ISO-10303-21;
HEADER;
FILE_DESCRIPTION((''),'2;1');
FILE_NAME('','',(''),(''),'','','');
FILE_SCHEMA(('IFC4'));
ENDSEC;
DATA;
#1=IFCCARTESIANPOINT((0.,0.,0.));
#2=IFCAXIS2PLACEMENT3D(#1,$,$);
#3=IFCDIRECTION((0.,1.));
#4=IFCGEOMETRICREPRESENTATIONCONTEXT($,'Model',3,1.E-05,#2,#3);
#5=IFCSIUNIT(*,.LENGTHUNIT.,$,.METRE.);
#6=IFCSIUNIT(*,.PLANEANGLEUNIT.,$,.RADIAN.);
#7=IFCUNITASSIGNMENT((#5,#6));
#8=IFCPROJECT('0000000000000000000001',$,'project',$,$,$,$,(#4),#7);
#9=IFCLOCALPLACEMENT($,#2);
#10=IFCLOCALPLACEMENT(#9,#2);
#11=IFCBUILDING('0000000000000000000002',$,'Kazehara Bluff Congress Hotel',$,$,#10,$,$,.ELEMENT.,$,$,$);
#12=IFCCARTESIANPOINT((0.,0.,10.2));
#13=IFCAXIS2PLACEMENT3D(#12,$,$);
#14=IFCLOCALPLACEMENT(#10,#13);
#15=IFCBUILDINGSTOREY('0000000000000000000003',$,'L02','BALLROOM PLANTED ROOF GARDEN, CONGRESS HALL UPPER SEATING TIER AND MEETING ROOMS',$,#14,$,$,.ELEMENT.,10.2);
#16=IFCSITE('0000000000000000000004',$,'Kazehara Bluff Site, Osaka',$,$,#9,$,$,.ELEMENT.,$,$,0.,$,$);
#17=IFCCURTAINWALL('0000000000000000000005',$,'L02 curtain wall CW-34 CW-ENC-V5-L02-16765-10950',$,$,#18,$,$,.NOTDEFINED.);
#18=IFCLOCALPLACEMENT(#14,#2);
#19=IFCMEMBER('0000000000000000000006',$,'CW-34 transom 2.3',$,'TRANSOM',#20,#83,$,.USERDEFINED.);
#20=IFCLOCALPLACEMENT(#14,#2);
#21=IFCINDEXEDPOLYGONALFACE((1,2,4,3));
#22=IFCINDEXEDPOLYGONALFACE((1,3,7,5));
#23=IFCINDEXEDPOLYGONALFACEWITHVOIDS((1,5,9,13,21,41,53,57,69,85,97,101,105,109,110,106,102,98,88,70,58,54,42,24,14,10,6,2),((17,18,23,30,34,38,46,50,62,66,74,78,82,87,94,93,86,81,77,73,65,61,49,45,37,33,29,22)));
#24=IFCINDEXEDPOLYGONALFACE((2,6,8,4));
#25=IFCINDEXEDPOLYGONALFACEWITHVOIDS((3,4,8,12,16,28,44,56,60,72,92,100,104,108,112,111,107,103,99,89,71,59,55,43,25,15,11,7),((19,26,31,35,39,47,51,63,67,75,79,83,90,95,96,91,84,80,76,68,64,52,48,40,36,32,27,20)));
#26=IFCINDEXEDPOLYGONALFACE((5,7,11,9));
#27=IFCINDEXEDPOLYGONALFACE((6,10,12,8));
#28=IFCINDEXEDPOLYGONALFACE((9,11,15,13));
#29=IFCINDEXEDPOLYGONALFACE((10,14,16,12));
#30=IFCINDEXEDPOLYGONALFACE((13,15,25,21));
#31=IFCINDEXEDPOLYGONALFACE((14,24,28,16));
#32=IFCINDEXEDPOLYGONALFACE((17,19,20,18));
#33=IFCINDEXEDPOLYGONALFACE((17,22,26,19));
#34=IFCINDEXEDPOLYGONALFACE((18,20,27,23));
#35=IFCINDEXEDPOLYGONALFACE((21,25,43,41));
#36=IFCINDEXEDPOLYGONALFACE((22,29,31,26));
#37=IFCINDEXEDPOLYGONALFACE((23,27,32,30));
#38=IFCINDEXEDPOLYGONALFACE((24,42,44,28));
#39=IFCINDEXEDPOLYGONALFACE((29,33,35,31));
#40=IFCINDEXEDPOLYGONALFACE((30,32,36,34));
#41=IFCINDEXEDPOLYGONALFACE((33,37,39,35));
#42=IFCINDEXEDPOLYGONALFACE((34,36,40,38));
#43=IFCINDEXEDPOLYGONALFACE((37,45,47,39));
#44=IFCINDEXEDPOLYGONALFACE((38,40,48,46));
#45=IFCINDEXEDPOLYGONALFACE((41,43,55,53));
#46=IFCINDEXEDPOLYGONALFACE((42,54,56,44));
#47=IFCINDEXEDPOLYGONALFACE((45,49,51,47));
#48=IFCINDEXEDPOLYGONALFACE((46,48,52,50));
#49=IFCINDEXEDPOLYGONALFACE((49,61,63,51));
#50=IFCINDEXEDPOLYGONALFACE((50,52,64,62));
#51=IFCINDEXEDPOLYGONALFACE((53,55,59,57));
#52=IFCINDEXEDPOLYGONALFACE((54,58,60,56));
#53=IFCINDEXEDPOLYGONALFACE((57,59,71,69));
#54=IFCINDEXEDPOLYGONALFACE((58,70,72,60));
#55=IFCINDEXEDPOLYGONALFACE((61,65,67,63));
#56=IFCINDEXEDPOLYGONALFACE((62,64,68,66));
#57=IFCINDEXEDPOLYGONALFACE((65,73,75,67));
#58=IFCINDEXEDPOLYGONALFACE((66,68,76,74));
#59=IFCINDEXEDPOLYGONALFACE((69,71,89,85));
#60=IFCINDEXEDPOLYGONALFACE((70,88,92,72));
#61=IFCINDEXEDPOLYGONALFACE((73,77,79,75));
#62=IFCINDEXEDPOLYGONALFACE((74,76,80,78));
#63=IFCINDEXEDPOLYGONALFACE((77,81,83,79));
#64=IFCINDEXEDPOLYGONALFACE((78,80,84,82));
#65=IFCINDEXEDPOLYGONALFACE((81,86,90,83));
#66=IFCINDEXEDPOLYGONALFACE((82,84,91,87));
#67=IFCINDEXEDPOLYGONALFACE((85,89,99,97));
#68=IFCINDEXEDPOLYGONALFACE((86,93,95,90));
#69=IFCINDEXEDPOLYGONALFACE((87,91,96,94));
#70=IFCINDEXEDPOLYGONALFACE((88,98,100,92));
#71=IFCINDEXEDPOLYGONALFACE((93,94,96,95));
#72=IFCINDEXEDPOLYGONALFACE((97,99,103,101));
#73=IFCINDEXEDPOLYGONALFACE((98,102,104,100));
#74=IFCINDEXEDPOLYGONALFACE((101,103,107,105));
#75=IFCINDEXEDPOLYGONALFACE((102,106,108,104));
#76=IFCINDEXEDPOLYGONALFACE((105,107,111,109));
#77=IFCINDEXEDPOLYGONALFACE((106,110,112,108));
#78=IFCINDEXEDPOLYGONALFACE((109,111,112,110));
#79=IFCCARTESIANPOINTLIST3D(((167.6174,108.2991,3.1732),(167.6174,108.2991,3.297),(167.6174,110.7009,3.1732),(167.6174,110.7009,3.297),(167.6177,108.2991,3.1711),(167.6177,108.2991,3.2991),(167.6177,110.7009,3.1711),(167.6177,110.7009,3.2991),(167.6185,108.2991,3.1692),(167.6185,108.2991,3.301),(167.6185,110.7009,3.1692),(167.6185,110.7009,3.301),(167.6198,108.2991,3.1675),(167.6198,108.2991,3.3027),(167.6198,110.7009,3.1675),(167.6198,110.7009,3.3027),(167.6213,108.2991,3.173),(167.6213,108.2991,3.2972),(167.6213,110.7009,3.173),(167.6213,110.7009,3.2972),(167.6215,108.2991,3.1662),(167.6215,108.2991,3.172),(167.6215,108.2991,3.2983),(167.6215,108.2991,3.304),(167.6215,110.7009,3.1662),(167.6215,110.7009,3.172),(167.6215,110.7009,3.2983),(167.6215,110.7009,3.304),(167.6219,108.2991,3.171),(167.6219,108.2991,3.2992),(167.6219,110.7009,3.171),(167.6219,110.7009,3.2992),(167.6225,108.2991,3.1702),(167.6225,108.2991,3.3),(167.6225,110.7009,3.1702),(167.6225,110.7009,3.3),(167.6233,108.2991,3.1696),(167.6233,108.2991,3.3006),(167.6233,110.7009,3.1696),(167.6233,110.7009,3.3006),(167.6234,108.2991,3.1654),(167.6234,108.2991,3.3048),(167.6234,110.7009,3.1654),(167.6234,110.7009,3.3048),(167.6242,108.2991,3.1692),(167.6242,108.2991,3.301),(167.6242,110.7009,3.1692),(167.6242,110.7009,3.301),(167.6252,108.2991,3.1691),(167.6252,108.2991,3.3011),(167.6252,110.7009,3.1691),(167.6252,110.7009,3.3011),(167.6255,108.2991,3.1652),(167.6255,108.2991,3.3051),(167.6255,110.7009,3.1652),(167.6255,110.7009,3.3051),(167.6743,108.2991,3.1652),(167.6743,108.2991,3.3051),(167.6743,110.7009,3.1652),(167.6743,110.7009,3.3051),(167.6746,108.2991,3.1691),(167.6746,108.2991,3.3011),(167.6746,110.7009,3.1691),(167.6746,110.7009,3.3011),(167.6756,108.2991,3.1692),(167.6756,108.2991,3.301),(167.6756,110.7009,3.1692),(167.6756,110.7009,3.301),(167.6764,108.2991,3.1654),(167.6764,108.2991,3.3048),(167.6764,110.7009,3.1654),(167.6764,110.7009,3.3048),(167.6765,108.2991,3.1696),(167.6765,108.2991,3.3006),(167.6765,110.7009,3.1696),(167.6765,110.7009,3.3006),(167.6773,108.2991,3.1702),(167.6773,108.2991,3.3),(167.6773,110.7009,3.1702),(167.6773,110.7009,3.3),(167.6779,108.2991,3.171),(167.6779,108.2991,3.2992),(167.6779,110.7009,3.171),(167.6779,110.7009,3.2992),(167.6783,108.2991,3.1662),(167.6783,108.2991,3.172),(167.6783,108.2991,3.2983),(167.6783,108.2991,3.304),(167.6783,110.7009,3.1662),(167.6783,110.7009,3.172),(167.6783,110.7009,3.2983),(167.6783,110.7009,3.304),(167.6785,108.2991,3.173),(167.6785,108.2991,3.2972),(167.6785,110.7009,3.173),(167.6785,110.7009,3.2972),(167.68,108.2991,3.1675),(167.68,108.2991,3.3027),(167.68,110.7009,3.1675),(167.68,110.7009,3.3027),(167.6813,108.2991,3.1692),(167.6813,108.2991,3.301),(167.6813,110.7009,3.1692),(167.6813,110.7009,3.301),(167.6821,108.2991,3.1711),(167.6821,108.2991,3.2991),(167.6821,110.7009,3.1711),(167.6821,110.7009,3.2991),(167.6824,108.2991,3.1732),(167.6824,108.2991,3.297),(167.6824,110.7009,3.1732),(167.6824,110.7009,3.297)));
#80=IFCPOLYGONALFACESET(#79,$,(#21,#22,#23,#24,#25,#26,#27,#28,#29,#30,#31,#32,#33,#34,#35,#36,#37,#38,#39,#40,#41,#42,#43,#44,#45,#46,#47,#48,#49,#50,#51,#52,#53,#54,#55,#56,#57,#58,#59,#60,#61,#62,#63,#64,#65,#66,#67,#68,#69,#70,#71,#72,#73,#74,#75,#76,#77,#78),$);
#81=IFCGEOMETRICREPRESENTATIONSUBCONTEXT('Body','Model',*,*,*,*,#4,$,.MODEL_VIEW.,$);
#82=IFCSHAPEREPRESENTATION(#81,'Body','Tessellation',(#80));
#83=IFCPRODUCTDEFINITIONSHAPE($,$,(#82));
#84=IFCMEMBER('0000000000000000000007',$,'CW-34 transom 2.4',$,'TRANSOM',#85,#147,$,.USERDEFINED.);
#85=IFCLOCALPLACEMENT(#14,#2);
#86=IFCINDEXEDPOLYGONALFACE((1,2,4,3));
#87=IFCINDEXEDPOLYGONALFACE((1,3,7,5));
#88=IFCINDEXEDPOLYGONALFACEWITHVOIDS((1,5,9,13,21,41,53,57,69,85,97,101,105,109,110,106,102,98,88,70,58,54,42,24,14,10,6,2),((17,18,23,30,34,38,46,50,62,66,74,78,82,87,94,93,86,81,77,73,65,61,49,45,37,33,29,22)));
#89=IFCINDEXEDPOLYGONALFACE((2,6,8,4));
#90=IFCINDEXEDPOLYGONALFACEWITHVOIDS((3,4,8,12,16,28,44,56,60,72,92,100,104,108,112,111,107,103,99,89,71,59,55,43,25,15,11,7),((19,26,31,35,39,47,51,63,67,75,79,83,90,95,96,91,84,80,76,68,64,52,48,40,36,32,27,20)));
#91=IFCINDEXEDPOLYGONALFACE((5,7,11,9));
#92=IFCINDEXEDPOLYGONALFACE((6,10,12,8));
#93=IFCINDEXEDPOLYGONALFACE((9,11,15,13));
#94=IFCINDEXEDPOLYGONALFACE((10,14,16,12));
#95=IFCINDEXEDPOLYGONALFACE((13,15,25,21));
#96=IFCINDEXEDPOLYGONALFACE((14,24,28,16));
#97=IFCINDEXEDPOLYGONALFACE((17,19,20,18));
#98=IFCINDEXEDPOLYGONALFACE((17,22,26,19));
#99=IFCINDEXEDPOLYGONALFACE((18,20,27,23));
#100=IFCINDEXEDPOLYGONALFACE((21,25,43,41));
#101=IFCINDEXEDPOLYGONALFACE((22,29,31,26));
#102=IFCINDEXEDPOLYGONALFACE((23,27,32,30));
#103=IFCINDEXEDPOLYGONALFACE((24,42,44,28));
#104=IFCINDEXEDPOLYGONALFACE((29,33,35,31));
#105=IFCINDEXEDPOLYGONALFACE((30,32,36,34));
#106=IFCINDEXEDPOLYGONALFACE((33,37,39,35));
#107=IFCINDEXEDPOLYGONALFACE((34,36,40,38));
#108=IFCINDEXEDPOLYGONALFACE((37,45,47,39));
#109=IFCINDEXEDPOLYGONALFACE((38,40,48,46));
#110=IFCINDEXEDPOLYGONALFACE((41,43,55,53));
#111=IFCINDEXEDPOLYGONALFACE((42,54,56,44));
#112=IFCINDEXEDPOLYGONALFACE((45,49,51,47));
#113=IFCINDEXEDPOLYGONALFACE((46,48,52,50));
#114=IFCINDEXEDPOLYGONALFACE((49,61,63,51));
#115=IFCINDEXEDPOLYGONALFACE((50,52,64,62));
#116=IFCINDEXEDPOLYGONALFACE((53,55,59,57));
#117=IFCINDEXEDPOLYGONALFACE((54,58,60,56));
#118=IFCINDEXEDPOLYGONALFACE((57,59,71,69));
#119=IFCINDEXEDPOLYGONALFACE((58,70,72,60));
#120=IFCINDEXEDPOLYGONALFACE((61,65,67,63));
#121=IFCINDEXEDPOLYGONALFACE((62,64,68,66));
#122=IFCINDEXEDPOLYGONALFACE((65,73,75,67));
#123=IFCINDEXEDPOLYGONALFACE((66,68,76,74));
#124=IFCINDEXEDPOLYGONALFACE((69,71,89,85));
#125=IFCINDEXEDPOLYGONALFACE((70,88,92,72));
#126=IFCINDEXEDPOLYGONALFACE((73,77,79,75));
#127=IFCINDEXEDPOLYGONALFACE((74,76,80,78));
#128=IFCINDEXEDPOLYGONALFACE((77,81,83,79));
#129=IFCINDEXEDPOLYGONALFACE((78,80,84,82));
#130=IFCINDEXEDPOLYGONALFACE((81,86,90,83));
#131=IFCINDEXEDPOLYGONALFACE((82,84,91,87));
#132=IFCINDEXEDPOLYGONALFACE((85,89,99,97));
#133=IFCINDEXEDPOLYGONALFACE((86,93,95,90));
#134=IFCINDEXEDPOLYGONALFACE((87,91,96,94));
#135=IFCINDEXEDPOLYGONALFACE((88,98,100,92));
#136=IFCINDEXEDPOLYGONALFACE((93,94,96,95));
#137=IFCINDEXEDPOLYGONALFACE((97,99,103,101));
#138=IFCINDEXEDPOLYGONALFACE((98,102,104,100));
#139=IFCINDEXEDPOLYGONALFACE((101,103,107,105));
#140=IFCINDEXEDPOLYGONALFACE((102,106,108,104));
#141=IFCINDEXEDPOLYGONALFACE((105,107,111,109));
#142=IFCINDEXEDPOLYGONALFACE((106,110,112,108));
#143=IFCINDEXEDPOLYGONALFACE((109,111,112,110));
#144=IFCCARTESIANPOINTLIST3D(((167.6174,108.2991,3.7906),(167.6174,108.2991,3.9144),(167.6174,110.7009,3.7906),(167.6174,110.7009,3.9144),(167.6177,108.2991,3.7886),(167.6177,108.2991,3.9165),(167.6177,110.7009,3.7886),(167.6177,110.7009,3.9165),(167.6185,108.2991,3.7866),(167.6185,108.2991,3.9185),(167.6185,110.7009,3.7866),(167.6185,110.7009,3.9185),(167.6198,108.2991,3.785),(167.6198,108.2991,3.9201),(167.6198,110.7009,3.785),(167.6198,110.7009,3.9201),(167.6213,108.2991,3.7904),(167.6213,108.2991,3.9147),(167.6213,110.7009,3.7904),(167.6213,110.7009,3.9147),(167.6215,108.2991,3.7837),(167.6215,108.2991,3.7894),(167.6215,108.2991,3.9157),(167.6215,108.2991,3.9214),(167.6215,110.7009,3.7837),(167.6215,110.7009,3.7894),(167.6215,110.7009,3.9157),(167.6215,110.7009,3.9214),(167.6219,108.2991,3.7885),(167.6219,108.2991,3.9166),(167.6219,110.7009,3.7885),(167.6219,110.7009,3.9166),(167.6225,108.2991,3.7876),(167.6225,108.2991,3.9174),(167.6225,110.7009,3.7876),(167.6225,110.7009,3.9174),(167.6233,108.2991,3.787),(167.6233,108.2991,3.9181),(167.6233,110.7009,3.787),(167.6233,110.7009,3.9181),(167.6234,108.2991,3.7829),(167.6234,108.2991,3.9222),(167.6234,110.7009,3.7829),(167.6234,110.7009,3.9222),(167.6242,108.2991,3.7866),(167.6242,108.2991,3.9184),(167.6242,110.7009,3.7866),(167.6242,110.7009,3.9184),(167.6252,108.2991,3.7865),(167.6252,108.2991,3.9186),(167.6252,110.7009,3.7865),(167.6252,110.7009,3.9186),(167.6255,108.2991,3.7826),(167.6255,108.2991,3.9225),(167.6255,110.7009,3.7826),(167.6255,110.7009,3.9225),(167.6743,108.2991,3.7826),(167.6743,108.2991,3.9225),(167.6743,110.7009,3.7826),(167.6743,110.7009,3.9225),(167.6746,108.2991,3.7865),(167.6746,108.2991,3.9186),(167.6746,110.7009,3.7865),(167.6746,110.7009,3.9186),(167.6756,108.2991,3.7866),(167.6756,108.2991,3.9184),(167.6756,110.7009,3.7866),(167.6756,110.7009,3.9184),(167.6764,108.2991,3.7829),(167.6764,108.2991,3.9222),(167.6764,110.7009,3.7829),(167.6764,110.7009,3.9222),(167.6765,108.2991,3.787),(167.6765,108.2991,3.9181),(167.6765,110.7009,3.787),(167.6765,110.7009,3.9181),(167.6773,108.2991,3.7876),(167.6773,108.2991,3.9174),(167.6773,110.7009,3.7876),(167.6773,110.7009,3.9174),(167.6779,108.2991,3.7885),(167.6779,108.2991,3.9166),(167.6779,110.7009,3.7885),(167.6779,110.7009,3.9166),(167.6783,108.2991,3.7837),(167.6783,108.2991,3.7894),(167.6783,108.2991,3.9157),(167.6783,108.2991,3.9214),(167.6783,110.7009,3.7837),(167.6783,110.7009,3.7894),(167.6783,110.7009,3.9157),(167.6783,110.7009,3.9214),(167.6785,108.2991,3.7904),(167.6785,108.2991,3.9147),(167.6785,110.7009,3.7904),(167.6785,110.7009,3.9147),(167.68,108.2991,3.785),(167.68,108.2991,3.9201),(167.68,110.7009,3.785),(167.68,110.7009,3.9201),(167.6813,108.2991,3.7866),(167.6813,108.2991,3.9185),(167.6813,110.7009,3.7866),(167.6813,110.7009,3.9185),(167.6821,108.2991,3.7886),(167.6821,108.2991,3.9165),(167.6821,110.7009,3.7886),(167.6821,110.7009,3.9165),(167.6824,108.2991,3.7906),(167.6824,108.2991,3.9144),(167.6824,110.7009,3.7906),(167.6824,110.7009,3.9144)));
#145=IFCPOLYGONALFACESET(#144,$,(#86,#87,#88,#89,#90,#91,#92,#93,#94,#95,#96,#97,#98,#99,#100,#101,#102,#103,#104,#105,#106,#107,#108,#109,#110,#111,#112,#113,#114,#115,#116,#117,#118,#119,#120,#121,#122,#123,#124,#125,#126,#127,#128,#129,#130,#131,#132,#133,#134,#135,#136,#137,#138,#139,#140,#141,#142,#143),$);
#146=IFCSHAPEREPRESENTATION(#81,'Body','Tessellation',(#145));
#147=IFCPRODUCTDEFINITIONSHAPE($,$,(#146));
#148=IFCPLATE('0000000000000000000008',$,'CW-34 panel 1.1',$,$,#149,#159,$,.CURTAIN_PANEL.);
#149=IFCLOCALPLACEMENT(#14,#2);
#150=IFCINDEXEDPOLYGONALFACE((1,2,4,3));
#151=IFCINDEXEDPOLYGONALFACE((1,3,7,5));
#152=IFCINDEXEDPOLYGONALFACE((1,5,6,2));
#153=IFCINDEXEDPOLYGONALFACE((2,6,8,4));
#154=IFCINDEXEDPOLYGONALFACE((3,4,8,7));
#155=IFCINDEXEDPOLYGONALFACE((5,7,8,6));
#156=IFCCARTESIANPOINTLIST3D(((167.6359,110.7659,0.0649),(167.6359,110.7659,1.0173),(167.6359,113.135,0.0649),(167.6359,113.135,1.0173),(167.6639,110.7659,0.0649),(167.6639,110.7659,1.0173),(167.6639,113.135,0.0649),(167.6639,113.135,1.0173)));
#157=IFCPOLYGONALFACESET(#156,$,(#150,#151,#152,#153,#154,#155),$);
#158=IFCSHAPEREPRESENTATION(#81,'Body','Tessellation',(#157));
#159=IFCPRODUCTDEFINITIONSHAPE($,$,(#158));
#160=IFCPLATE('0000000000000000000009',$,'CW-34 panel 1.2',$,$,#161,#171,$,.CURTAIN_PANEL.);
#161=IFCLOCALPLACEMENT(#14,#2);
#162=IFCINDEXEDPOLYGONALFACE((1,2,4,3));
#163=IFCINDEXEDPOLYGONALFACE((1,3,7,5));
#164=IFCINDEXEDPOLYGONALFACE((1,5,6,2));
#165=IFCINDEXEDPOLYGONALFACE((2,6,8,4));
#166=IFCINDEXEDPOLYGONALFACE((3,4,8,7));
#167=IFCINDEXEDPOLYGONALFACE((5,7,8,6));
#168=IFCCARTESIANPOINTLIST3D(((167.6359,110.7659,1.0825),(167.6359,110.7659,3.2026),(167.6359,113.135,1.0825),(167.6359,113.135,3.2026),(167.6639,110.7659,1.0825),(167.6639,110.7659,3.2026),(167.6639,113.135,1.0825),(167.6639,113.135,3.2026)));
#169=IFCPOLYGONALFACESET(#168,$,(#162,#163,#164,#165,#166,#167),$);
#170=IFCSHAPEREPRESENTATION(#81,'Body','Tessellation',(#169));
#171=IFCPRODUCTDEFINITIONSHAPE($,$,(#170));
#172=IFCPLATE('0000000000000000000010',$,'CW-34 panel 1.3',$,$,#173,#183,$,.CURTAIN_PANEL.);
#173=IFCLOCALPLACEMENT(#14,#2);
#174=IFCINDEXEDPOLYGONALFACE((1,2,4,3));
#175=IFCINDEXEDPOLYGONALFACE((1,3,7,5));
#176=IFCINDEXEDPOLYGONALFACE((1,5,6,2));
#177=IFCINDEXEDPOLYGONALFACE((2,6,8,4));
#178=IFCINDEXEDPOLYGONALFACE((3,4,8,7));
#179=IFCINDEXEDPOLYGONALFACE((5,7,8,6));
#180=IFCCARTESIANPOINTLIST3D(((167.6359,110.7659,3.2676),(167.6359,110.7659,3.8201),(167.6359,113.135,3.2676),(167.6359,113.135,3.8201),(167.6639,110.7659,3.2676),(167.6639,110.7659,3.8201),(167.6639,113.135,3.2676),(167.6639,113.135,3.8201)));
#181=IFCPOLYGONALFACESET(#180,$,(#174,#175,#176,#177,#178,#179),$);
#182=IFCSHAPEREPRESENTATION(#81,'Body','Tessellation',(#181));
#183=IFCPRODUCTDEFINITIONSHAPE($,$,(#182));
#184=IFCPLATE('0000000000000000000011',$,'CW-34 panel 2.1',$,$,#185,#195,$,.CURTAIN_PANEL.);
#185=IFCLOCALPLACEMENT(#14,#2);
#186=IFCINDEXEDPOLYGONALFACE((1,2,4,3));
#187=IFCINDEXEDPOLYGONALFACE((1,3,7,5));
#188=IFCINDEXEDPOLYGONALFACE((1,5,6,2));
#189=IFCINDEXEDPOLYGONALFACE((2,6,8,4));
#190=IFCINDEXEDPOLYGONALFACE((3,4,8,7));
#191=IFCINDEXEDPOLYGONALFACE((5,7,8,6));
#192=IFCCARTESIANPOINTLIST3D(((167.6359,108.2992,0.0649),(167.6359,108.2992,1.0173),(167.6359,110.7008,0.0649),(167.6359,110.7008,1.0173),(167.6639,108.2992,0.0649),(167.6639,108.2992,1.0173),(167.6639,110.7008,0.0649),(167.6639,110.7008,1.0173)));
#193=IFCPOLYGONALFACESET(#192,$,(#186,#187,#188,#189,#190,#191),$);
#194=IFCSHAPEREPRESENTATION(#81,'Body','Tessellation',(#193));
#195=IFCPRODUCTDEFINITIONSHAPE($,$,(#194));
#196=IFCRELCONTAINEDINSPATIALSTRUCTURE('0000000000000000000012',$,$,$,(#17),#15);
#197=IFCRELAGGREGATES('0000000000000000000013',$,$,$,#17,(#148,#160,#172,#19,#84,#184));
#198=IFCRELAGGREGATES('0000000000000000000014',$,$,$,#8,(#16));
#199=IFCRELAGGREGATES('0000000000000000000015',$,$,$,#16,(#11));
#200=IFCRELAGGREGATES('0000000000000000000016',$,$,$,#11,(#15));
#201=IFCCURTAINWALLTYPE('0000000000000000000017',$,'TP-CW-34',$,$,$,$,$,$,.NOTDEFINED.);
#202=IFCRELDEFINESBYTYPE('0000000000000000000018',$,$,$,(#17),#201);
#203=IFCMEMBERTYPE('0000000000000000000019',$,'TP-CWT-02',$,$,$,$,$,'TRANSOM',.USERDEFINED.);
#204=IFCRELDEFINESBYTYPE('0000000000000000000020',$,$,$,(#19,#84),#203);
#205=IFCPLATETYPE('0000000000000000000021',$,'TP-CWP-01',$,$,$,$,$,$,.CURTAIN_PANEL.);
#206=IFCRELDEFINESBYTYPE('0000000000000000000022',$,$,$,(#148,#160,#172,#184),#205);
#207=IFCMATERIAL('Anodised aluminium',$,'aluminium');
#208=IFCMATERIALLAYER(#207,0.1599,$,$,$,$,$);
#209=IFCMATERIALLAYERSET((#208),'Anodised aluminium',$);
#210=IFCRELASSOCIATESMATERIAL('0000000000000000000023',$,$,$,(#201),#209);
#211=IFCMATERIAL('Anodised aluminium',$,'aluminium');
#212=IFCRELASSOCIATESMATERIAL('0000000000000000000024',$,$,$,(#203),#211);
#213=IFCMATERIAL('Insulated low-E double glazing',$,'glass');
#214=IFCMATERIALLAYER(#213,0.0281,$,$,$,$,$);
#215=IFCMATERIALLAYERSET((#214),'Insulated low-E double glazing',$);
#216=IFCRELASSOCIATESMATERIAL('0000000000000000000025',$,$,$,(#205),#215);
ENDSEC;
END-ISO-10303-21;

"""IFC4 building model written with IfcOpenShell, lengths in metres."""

from ifc_helpers import new_model, si_unit, direction, frame, origin, origin_2d, place, context, subcontext, project, spatial, rectangle, hollow_rectangle, extrude, material, layer, layer_set, material_profile, profile_set, type_object, element, aggregate, save


model = new_model("IFC4")

# Units and contexts
model_context = context("Model", 3, precision=1e-05, world=origin(), true_north=direction((0.0, 1.0)))
body_context = subcontext(model_context, "Body", "Model", "MODEL_VIEW")
ifc_project = project(units=[si_unit("LENGTHUNIT", "METRE"), si_unit("PLANEANGLEUNIT", "RADIAN")], contexts=[model_context])

# Site, building, storey
site_placement = place(None, origin())
site = spatial("IfcSite", under=ifc_project, at=site_placement, Name="Kazehara Bluff Site, Osaka", CompositionType="ELEMENT", RefElevation=0.0)
building_placement = place(site_placement, origin())
building = spatial("IfcBuilding", under=site, at=building_placement, Name="Kazehara Bluff Congress Hotel", CompositionType="ELEMENT")
storey_placement = place(building_placement, frame((0.0, 0.0, 10.2)))
storey = spatial("IfcBuildingStorey", under=building, at=storey_placement, Name="L02", Description="BALLROOM PLANTED ROOF GARDEN, CONGRESS HALL UPPER SEATING TIER AND MEETING ROOMS", CompositionType="ELEMENT", Elevation=10.2)

# Curtain wall
ifc_material_1 = material(Name="Anodised aluminium", Category="aluminium")
ifc_layer_1 = layer(ifc_material_1, 0.1599)
ifc_layer_set_1 = layer_set([ifc_layer_1], Name="Anodised aluminium")
curtain_wall_type_1 = type_object("IfcCurtainWallType", Name="TP-CW-34", PredefinedType="NOTDEFINED", material=ifc_layer_set_1)
curtain_wall_1_placement = place(storey_placement, origin())
curtain_wall_1 = element("IfcCurtainWall", 1, at=curtain_wall_1_placement, inside=storey, type_object=curtain_wall_type_1, Name="L02 curtain wall CW-34 CW-ENC-V5-L02-16765-10950", PredefinedType="NOTDEFINED")

# Members
ifc_material_2 = material(Name="Anodised aluminium", Category="aluminium")
ifc_material_profile_1 = material_profile(ifc_material_2, hollow_rectangle(XDim=0.0649, YDim=0.1399, WallThickness=0.0039, InnerFilletRadius=0.0039, OuterFilletRadius=0.0081, at=origin_2d()))
ifc_profile_set_1 = profile_set([ifc_material_profile_1], Name="Anodised aluminium")
member_type_1 = type_object("IfcMemberType", Name="TP-CWT-02", ElementType="TRANSOM", PredefinedType="USERDEFINED", material=ifc_profile_set_1)
member_1_placement = place(storey_placement, frame((167.6499, 110.7009, 3.2351), z_axis=(0.0, -1.0, 0.0), x_axis=(1.0, 0.0, 0.0)))
member_1 = element("IfcMember", 2, at=member_1_placement, type_object=member_type_1, Name="CW-34 transom 2.3", ObjectType="TRANSOM", PredefinedType="USERDEFINED", context=body_context, shape_type="SweptSolid", body=[
    extrude(hollow_rectangle(XDim=0.0649, YDim=0.1399, WallThickness=0.0039, InnerFilletRadius=0.0039, OuterFilletRadius=0.0081, at=origin_2d()), origin(), (0.0, 0.0, 1.0), 2.4019),
])
member_2_placement = place(storey_placement, frame((167.6499, 110.7009, 3.8525), z_axis=(0.0, -1.0, 0.0), x_axis=(1.0, 0.0, 0.0)))
member_2 = element("IfcMember", 3, at=member_2_placement, type_object=member_type_1, Name="CW-34 transom 2.4", ObjectType="TRANSOM", PredefinedType="USERDEFINED", context=body_context, shape_type="SweptSolid", body=[
    extrude(hollow_rectangle(XDim=0.0649, YDim=0.1399, WallThickness=0.0039, InnerFilletRadius=0.0039, OuterFilletRadius=0.0081, at=origin_2d()), origin(), (0.0, 0.0, 1.0), 2.4019),
])

# Plates
ifc_material_3 = material(Name="Insulated low-E double glazing", Category="glass")
ifc_layer_2 = layer(ifc_material_3, 0.0281)
ifc_layer_set_2 = layer_set([ifc_layer_2], Name="Insulated low-E double glazing")
plate_type = type_object("IfcPlateType", Name="TP-CWP-01", PredefinedType="CURTAIN_PANEL", material=ifc_layer_set_2)
plate_1_placement = place(storey_placement, frame((167.6499, 111.9504, 0.0649), z_axis=(0.0, 0.0, 1.0), x_axis=(0.0, -1.0, 0.0)))
plate_1 = element("IfcPlate", 4, at=plate_1_placement, type_object=plate_type, Name="CW-34 panel 1.1", PredefinedType="CURTAIN_PANEL", context=body_context, shape_type="SweptSolid", body=[
    extrude(rectangle(XDim=2.3691, YDim=0.0281, at=origin_2d()), origin(), (0.0, 0.0, 1.0), 0.9524),
])
plate_2_placement = place(storey_placement, frame((167.6499, 111.9504, 1.0825), z_axis=(0.0, 0.0, 1.0), x_axis=(0.0, -1.0, 0.0)))
plate_2 = element("IfcPlate", 5, at=plate_2_placement, type_object=plate_type, Name="CW-34 panel 1.2", PredefinedType="CURTAIN_PANEL", context=body_context, shape_type="SweptSolid", body=[
    extrude(rectangle(XDim=2.3691, YDim=0.0281, at=origin_2d()), origin(), (0.0, 0.0, 1.0), 2.1201),
])
plate_3_placement = place(storey_placement, frame((167.6499, 111.9504, 3.2676), z_axis=(0.0, 0.0, 1.0), x_axis=(0.0, -1.0, 0.0)))
plate_3 = element("IfcPlate", 6, at=plate_3_placement, type_object=plate_type, Name="CW-34 panel 1.3", PredefinedType="CURTAIN_PANEL", context=body_context, shape_type="SweptSolid", body=[
    extrude(rectangle(XDim=2.3691, YDim=0.0281, at=origin_2d()), origin(), (0.0, 0.0, 1.0), 0.5525),
])
plate_4_placement = place(storey_placement, frame((167.6499, 109.5, 0.0649), z_axis=(0.0, 0.0, 1.0), x_axis=(0.0, -1.0, 0.0)))
plate_4 = element("IfcPlate", 7, at=plate_4_placement, type_object=plate_type, Name="CW-34 panel 2.1", PredefinedType="CURTAIN_PANEL", context=body_context, shape_type="SweptSolid", body=[
    extrude(rectangle(XDim=2.4016, YDim=0.0281, at=origin_2d()), origin(), (0.0, 0.0, 1.0), 0.9524),
])
aggregate(curtain_wall_1, [plate_1, plate_2, plate_3, member_1, member_2, plate_4])

save(model, "model.ifc")
